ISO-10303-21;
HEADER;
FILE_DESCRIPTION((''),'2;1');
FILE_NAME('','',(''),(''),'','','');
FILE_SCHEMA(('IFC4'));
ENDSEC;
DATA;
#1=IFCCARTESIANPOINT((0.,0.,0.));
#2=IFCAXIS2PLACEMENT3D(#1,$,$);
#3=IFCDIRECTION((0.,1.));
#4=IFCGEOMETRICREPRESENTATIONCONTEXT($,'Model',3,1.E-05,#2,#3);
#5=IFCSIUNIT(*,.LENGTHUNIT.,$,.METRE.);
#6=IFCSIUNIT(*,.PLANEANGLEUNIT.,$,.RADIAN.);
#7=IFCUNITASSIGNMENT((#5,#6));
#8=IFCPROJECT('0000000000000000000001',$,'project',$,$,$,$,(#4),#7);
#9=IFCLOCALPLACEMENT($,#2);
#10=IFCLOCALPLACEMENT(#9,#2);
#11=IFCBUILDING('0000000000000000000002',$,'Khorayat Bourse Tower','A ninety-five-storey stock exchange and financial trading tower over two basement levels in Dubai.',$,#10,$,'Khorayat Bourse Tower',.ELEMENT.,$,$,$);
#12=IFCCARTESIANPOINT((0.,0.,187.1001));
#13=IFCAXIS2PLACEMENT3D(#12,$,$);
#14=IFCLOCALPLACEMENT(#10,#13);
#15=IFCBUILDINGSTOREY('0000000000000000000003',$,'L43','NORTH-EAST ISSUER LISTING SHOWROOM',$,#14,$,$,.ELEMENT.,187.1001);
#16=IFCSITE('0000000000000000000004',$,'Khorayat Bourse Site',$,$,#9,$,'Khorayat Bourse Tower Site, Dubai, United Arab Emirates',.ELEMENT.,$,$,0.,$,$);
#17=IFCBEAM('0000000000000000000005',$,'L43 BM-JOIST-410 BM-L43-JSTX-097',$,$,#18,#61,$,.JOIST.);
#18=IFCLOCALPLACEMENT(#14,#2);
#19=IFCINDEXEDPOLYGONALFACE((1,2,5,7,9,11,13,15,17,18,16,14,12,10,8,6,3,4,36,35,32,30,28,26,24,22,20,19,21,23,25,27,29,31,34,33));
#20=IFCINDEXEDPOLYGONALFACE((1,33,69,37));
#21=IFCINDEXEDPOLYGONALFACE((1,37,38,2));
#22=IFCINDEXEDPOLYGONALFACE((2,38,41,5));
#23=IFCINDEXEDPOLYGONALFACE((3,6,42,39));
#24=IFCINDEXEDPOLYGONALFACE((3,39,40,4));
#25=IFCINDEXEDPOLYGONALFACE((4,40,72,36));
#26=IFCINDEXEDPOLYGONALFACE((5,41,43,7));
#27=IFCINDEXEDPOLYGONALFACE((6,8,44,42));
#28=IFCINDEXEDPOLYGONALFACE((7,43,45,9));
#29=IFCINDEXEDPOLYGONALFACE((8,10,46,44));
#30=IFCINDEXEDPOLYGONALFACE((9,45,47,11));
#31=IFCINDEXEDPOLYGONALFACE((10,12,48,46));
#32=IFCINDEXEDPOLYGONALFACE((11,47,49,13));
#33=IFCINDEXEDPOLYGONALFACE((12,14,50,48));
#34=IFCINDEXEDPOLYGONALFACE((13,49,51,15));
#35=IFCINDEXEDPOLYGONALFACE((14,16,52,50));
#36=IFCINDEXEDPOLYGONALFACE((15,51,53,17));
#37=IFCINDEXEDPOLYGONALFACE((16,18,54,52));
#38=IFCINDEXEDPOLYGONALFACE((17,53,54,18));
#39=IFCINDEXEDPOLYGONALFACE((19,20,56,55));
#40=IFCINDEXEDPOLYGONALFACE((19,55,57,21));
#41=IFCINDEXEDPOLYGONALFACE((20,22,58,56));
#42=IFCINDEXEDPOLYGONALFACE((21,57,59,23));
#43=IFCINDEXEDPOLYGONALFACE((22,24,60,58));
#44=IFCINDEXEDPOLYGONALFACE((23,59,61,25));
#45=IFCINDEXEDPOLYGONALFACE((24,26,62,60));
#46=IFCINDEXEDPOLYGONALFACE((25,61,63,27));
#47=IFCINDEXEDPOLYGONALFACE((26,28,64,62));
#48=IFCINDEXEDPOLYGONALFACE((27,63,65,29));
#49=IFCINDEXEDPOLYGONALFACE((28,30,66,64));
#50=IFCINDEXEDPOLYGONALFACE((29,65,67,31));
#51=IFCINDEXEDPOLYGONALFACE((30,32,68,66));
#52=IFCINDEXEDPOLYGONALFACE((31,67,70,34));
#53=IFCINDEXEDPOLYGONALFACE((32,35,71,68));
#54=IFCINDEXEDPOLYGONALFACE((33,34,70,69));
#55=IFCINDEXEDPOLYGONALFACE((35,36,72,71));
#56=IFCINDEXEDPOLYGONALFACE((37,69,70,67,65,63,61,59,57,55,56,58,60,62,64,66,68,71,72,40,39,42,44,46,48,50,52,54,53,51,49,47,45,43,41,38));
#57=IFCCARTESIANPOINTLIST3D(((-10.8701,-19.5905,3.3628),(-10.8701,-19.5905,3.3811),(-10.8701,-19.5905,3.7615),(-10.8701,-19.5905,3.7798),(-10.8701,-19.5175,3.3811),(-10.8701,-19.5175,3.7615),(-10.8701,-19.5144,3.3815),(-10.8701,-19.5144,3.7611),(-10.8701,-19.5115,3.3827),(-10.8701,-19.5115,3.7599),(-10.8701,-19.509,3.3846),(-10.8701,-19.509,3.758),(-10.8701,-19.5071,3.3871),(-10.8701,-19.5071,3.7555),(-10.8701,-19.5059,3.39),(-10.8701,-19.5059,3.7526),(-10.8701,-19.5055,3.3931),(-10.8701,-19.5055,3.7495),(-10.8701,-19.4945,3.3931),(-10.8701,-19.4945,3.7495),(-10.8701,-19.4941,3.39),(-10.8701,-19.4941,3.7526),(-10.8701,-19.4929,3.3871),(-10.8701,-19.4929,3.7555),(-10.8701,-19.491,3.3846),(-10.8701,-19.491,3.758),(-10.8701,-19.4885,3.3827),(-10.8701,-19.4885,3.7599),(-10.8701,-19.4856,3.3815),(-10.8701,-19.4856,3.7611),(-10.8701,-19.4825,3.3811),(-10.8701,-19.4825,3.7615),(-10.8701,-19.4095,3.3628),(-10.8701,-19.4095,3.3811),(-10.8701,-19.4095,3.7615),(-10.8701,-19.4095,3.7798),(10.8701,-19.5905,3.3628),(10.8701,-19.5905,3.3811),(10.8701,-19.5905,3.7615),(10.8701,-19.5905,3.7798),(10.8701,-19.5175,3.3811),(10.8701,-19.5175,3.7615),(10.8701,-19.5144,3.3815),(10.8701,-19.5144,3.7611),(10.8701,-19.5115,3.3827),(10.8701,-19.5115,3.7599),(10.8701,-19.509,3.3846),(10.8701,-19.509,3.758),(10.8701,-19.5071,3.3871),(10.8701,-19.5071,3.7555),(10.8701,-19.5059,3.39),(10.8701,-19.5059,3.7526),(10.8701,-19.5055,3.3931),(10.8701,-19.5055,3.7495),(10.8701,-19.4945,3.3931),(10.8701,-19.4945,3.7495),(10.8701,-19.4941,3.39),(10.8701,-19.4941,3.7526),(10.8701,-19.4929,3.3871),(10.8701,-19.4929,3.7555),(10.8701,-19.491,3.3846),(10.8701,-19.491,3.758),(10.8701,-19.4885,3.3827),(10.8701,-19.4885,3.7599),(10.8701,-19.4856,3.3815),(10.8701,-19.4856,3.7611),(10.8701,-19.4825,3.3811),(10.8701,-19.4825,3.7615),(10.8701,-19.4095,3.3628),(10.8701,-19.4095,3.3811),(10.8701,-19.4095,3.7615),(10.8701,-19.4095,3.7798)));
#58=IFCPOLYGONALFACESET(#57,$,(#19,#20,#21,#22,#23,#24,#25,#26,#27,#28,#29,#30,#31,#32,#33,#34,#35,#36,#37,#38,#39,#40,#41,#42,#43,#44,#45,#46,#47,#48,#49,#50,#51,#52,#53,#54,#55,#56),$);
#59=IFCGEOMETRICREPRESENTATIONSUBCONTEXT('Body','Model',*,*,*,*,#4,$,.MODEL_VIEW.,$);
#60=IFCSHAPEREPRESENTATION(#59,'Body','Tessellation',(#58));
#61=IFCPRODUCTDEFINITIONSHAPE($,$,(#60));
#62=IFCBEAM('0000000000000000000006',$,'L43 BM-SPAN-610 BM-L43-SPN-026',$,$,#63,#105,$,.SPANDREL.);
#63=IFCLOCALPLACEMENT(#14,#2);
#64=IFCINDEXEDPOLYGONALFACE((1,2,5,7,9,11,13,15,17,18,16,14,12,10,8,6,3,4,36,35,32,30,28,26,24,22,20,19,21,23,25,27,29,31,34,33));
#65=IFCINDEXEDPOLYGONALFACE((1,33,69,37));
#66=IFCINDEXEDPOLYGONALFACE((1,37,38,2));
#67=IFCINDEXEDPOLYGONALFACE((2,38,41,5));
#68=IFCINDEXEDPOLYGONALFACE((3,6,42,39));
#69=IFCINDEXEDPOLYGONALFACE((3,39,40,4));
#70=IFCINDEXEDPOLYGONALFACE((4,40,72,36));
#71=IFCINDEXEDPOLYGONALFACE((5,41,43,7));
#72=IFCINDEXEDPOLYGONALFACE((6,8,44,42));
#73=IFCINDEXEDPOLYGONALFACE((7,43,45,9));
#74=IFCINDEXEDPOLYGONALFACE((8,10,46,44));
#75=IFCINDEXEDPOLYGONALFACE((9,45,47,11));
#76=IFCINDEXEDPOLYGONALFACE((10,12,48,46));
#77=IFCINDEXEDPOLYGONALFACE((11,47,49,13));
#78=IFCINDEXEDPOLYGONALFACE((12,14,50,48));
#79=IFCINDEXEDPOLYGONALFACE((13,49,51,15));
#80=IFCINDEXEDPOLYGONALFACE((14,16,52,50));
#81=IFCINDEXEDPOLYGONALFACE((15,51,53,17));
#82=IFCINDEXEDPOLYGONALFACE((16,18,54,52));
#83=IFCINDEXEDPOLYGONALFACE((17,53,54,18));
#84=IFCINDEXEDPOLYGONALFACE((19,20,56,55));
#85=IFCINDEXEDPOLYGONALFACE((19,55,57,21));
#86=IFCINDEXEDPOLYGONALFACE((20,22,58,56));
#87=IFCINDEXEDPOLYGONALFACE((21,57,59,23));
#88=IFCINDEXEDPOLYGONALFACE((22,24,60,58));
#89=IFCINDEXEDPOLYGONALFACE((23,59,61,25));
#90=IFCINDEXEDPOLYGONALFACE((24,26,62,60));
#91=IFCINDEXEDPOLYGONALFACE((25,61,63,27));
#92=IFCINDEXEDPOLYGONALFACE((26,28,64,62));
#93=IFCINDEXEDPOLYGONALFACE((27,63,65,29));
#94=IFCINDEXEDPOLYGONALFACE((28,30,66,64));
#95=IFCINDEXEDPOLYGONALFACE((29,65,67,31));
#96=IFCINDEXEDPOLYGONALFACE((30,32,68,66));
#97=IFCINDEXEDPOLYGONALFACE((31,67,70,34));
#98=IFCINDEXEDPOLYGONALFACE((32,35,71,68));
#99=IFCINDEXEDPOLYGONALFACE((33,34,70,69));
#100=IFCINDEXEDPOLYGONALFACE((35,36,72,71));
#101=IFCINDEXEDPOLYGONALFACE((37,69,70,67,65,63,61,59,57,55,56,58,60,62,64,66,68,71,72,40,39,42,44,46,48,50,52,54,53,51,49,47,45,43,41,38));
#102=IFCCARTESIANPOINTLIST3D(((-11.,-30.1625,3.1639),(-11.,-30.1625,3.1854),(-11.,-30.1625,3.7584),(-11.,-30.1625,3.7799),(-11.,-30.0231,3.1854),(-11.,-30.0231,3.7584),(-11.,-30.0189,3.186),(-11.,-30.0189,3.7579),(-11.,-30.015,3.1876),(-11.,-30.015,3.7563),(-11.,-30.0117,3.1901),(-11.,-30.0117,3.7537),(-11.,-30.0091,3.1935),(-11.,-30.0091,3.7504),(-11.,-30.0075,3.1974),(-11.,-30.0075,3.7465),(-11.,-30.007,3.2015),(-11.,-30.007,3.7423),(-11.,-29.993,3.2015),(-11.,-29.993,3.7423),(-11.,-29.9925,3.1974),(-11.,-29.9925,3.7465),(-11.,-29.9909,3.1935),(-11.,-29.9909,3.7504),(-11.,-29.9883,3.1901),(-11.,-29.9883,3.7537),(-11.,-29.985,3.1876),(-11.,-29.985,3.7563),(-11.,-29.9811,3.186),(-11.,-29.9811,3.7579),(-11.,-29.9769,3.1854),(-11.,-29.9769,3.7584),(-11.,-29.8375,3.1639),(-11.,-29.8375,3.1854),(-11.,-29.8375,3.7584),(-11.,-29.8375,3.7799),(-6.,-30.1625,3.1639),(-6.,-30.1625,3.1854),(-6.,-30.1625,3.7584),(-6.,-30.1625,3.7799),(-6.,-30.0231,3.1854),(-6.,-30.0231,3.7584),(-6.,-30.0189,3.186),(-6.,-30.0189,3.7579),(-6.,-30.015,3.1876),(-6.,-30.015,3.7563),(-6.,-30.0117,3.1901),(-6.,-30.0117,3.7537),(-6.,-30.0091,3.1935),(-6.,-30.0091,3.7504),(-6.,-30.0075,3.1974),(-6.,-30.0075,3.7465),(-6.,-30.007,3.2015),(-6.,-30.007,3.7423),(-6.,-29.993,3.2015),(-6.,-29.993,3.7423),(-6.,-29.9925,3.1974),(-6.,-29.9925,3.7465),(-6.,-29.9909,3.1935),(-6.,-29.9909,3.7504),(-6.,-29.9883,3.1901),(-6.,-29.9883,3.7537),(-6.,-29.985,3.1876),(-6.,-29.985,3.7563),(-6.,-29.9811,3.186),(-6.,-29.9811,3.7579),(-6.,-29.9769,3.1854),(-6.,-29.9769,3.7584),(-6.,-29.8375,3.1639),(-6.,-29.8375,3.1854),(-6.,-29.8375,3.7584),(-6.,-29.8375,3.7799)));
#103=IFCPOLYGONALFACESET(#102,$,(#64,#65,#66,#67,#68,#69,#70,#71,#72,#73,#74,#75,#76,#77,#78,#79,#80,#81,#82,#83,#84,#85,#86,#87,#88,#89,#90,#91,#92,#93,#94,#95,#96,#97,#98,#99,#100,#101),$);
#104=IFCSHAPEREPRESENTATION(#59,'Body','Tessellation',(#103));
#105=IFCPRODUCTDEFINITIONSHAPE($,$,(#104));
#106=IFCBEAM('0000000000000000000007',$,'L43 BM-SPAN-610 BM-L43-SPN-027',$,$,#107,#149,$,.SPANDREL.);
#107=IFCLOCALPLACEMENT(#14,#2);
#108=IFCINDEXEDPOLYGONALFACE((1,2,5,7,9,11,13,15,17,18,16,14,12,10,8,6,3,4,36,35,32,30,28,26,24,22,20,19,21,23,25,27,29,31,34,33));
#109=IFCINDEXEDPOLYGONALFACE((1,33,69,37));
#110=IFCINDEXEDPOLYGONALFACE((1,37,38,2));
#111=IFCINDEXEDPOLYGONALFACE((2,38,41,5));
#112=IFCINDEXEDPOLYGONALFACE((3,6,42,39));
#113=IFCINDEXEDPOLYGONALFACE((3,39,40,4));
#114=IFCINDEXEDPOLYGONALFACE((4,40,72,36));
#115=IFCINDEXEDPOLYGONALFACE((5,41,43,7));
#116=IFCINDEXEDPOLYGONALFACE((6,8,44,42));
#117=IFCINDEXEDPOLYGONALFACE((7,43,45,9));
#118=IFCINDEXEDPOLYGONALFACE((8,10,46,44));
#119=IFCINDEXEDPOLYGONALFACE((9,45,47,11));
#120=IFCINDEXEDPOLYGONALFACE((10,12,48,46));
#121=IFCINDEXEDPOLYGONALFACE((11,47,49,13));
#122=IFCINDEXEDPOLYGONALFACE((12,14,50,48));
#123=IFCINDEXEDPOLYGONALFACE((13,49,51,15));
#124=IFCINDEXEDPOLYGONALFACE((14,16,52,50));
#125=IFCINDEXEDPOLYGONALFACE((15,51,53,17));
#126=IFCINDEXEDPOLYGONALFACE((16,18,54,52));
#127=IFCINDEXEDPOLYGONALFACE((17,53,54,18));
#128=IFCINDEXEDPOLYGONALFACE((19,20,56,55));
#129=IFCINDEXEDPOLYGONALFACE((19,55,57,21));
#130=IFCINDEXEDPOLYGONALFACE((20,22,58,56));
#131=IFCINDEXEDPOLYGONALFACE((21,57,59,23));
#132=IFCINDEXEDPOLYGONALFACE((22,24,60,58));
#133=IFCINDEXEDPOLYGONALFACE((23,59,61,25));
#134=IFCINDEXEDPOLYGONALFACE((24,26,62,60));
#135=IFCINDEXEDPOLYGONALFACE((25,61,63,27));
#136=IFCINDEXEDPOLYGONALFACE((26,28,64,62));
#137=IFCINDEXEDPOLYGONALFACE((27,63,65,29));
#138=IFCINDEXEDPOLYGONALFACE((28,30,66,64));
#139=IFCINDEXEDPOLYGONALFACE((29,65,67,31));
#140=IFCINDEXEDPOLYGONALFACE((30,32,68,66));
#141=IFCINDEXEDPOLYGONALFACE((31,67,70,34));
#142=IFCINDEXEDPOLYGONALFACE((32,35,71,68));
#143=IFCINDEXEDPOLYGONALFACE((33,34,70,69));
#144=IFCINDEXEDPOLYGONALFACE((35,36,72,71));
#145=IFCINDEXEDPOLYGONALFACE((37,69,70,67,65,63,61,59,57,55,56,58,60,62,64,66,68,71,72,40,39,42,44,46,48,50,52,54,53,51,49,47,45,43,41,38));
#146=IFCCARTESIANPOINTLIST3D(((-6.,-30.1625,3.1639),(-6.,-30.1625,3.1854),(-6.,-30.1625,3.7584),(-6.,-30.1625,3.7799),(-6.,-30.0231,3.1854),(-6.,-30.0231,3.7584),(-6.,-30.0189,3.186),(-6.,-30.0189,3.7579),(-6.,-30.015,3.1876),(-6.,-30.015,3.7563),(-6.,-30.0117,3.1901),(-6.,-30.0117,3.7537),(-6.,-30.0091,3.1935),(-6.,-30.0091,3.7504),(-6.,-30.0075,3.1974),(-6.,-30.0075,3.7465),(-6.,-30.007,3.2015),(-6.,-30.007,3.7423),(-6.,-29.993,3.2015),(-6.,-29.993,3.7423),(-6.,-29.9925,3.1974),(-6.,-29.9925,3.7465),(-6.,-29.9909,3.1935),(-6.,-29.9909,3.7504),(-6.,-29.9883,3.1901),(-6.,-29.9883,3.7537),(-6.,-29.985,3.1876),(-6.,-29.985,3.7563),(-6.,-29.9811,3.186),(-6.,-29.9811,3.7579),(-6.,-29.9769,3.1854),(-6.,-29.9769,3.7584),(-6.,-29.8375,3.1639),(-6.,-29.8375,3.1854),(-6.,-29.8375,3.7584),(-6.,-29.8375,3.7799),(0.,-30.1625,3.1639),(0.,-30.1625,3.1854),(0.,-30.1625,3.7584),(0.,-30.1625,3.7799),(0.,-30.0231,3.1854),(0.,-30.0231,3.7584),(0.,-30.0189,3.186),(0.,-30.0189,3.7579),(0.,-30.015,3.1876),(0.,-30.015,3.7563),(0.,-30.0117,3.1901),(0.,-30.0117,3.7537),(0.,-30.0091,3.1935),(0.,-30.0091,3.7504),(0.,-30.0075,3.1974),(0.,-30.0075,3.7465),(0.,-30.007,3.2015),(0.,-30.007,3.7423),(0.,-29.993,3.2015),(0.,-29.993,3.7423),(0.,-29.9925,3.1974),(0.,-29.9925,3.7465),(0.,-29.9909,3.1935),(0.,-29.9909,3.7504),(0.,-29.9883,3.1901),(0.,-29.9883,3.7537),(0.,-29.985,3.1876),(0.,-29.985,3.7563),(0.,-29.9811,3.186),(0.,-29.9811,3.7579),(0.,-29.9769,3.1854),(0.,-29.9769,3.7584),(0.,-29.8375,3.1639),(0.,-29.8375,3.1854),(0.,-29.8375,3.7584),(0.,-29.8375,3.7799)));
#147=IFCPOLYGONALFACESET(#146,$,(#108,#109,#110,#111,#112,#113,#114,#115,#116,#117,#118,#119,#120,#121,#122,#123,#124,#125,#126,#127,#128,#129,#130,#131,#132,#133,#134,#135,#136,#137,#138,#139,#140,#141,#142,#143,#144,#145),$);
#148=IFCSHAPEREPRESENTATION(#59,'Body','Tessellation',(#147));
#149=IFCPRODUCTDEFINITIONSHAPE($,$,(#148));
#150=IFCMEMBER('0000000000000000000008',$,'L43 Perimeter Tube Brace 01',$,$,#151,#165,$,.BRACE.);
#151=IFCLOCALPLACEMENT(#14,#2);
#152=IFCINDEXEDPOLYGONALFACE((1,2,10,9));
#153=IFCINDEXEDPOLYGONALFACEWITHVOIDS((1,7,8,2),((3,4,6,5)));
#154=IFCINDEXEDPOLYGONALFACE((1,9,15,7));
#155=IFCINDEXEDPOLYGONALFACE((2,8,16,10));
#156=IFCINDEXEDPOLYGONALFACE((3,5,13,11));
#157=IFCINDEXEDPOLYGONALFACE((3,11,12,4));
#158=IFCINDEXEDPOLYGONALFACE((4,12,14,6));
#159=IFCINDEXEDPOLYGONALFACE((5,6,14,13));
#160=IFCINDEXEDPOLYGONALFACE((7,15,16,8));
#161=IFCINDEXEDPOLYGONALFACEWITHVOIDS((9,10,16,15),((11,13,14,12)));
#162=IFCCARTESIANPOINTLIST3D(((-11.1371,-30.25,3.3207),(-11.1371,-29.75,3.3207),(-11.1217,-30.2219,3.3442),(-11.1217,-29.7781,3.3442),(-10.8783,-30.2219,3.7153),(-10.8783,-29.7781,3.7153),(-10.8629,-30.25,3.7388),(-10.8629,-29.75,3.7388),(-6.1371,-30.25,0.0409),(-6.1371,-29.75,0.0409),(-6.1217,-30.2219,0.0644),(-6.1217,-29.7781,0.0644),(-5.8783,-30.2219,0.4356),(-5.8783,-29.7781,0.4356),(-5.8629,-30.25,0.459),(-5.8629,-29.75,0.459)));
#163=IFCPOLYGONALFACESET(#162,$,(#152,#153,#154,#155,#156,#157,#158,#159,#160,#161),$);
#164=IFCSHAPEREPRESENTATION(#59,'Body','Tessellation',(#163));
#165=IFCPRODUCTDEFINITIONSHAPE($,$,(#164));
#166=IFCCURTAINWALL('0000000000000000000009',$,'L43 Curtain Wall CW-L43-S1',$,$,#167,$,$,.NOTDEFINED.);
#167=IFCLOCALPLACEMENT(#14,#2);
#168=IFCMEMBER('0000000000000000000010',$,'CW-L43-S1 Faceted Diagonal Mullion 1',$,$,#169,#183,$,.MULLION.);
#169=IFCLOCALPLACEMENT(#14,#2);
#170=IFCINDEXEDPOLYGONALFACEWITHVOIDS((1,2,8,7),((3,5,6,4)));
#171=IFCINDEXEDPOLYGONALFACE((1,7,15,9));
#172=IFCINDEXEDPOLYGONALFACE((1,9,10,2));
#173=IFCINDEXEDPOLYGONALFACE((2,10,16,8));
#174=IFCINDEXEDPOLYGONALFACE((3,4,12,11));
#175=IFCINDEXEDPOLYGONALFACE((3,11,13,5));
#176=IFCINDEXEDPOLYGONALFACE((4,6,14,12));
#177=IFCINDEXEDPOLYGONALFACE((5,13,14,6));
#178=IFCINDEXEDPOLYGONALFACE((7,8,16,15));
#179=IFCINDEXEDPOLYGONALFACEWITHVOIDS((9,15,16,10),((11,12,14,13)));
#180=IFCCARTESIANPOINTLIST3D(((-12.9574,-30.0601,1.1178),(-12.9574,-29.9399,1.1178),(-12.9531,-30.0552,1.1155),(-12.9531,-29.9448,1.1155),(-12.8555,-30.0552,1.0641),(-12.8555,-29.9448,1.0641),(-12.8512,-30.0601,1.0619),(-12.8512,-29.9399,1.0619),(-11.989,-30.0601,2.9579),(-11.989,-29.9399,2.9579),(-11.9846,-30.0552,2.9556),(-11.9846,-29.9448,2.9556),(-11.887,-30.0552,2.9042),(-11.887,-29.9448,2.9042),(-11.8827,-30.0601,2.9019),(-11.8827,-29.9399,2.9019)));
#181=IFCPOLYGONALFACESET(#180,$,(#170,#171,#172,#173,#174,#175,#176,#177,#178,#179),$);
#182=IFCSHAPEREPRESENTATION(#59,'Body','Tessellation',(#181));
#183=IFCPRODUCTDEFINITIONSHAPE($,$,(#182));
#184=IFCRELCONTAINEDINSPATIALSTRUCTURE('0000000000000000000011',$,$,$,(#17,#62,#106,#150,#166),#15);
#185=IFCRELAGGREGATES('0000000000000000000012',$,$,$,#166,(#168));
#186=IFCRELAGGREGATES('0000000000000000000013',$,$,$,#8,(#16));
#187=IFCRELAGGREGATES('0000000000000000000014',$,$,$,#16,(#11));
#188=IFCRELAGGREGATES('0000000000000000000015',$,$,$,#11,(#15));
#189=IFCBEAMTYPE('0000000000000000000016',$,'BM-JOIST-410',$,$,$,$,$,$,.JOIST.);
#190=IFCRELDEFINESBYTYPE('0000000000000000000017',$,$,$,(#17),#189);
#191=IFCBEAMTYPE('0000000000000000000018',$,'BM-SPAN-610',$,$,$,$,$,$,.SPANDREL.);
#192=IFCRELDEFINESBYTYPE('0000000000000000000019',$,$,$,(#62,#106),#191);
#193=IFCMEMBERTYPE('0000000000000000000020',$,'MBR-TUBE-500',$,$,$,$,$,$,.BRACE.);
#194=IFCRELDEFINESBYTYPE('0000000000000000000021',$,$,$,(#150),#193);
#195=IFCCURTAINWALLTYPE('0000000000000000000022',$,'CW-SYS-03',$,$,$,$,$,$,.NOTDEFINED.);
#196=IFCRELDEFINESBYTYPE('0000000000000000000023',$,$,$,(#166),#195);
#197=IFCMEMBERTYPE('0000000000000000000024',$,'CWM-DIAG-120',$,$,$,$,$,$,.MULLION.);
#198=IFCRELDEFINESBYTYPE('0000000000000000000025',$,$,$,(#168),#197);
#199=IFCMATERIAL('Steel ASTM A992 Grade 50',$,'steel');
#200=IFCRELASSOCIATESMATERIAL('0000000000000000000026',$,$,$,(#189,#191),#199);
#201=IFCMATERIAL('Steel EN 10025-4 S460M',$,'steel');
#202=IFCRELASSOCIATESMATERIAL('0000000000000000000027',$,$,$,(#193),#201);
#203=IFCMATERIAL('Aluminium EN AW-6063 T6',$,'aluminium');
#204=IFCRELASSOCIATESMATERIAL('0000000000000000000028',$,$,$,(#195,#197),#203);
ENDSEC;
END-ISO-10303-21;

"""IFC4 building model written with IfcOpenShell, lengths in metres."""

from ifc_helpers import new_model, si_unit, direction, frame, origin, origin_2d, place, context, subcontext, project, spatial, hollow_rectangle, i_section, extrude, source, transform, mapped, material, material_profile, profile_set, type_object, element, aggregate, save


model = new_model("IFC4")

# Units and contexts
model_context = context("Model", 3, precision=1e-05, world=origin(), true_north=direction((0.0, 1.0)))
body_context = subcontext(model_context, "Body", "Model", "MODEL_VIEW")
ifc_project = project(units=[si_unit("LENGTHUNIT", "METRE"), si_unit("PLANEANGLEUNIT", "RADIAN")], contexts=[model_context])

# Site, building, storey
site_placement = place(None, origin())
site = spatial("IfcSite", under=ifc_project, at=site_placement, Name="Khorayat Bourse Site", LongName="Khorayat Bourse Tower Site, Dubai, United Arab Emirates", CompositionType="ELEMENT", RefElevation=0.0)
building_placement = place(site_placement, origin())
building = spatial("IfcBuilding", under=site, at=building_placement, Name="Khorayat Bourse Tower", Description="A ninety-five-storey stock exchange and financial trading tower over two basement levels in Dubai.", LongName="Khorayat Bourse Tower", CompositionType="ELEMENT")
storey_placement = place(building_placement, frame((0.0, 0.0, 187.1001)))
storey = spatial("IfcBuildingStorey", under=building, at=storey_placement, Name="L43", Description="NORTH-EAST ISSUER LISTING SHOWROOM", CompositionType="ELEMENT", Elevation=187.1001)

# Shared definitions
ifc_material_1 = material(Name="Steel EN 10025-4 S460M", Category="steel")

# Beams
ifc_material_2 = material(Name="Steel ASTM A992 Grade 50", Category="steel")
ifc_material_profile_1 = material_profile(ifc_material_2, i_section(OverallWidth=0.1809, OverallDepth=0.417, WebThickness=0.011, FlangeThickness=0.0183, FilletRadius=0.012, at=origin_2d()), Name="W410X85")
ifc_profile_set_1 = profile_set([ifc_material_profile_1], Name="Steel ASTM A992 Grade 50")
beam_type_1 = type_object("IfcBeamType", Name="BM-JOIST-410", PredefinedType="JOIST", material=ifc_profile_set_1)
shared_shape_1 = source(origin(), body_context, "Body", "SweptSolid", [
    extrude(i_section(OverallWidth=0.1809, OverallDepth=0.417, WebThickness=0.011, FlangeThickness=0.0183, FilletRadius=0.012, at=origin_2d()), origin(), (0.0, 0.0, 1.0), 21.7402),
])
beam_1_placement = place(storey_placement, frame((-10.8701, -19.5, 3.5713), z_axis=(1.0, 0.0, 0.0), x_axis=(0.0, 1.0, 0.0)))
element("IfcBeam", 1, at=beam_1_placement, inside=storey, type_object=beam_type_1, Name="L43 BM-JOIST-410 BM-L43-JSTX-097", PredefinedType="JOIST", context=body_context, shape_type="MappedRepresentation", body=[
    mapped(shared_shape_1, transform((0.0, 0.0, 0.0), scale=1.0)),
])
ifc_material_profile_2 = material_profile(ifc_material_2, i_section(OverallWidth=0.325, OverallDepth=0.616, WebThickness=0.0139, FlangeThickness=0.0215, FilletRadius=0.0161, at=origin_2d()), Name="W610X174")
ifc_profile_set_2 = profile_set([ifc_material_profile_2], Name="Steel ASTM A992 Grade 50")
beam_type_2 = type_object("IfcBeamType", Name="BM-SPAN-610", PredefinedType="SPANDREL", material=ifc_profile_set_2)
shared_shape_2 = source(origin(), body_context, "Body", "SweptSolid", [
    extrude(i_section(OverallWidth=0.325, OverallDepth=0.616, WebThickness=0.0139, FlangeThickness=0.0215, FilletRadius=0.0161, at=origin_2d()), origin(), (0.0, 0.0, 1.0), 5.0),
])
beam_2_placement = place(storey_placement, frame((-11.0, -30.0, 3.4719), z_axis=(1.0, 0.0, 0.0), x_axis=(0.0, 1.0, 0.0)))
element("IfcBeam", 2, at=beam_2_placement, inside=storey, type_object=beam_type_2, Name="L43 BM-SPAN-610 BM-L43-SPN-026", PredefinedType="SPANDREL", context=body_context, shape_type="MappedRepresentation", body=[
    mapped(shared_shape_2, transform((0.0, 0.0, 0.0), scale=1.0)),
])
shared_shape_3 = source(origin(), body_context, "Body", "SweptSolid", [
    extrude(i_section(OverallWidth=0.325, OverallDepth=0.616, WebThickness=0.0139, FlangeThickness=0.0215, FilletRadius=0.0161, at=origin_2d()), origin(), (0.0, 0.0, 1.0), 6.0),
])
beam_3_placement = place(storey_placement, frame((-6.0, -30.0, 3.4719), z_axis=(1.0, 0.0, 0.0), x_axis=(0.0, 1.0, 0.0)))
element("IfcBeam", 3, at=beam_3_placement, inside=storey, type_object=beam_type_2, Name="L43 BM-SPAN-610 BM-L43-SPN-027", PredefinedType="SPANDREL", context=body_context, shape_type="MappedRepresentation", body=[
    mapped(shared_shape_3, transform((0.0, 0.0, 0.0), scale=1.0)),
])

# Member
ifc_material_profile_3 = material_profile(ifc_material_1, hollow_rectangle(XDim=0.5, YDim=0.5, WallThickness=0.0281, at=origin_2d()), Name="HSS 500x500x28")
ifc_profile_set_3 = profile_set([ifc_material_profile_3], Name="Steel EN 10025-4 S460M")
member_type_1 = type_object("IfcMemberType", Name="MBR-TUBE-500", PredefinedType="BRACE", material=ifc_profile_set_3)
shared_shape_4 = source(origin(), body_context, "Body", "SweptSolid", [
    extrude(hollow_rectangle(XDim=0.5, YDim=0.5, WallThickness=0.0281, at=origin_2d()), origin(), (0.0, 0.0, 1.0), 5.9797),
])
member_1_placement = place(storey_placement, frame((-11.0, -30.0, 3.5298), z_axis=(0.83616, 0.0, -0.548485), x_axis=(0.0, 1.0, 0.0)))
element("IfcMember", 4, at=member_1_placement, inside=storey, type_object=member_type_1, Name="L43 Perimeter Tube Brace 01", PredefinedType="BRACE", context=body_context, shape_type="MappedRepresentation", body=[
    mapped(shared_shape_4, transform((0.0, 0.0, 0.0), scale=1.0)),
])

# Curtain wall, member
ifc_material_3 = material(Name="Aluminium EN AW-6063 T6", Category="aluminium")
curtain_wall_type = type_object("IfcCurtainWallType", Name="CW-SYS-03", PredefinedType="NOTDEFINED", material=ifc_material_3)
curtain_wall_placement = place(storey_placement, origin())
curtain_wall = element("IfcCurtainWall", 5, at=curtain_wall_placement, inside=storey, type_object=curtain_wall_type, Name="L43 Curtain Wall CW-L43-S1", PredefinedType="NOTDEFINED")
ifc_material_profile_4 = material_profile(ifc_material_3, hollow_rectangle(XDim=0.1201, YDim=0.1201, WallThickness=0.0049, at=origin_2d()), Name="ALU 120x120x5")
ifc_profile_set_4 = profile_set([ifc_material_profile_4], Name="Aluminium EN AW-6063 T6")
member_type_2 = type_object("IfcMemberType", Name="CWM-DIAG-120", PredefinedType="MULLION", material=ifc_profile_set_4)
shared_shape_5 = source(origin(), body_context, "Body", "SweptSolid", [
    extrude(hollow_rectangle(XDim=0.1201, YDim=0.1201, WallThickness=0.0049, at=origin_2d()), origin(), (0.0, 0.0, 1.0), 2.0793),
])
member_2_placement = place(storey_placement, frame((-12.9043, -30.0, 1.0898), z_axis=(0.465761, 0.0, 0.884911), x_axis=(0.0, 1.0, 0.0)))
member_2 = element("IfcMember", 6, at=member_2_placement, type_object=member_type_2, Name="CW-L43-S1 Faceted Diagonal Mullion 1", PredefinedType="MULLION", context=body_context, shape_type="MappedRepresentation", body=[
    mapped(shared_shape_5, transform((0.0, 0.0, 0.0), scale=1.0)),
])

aggregate(curtain_wall, [member_2])

save(model, "model.ifc")
